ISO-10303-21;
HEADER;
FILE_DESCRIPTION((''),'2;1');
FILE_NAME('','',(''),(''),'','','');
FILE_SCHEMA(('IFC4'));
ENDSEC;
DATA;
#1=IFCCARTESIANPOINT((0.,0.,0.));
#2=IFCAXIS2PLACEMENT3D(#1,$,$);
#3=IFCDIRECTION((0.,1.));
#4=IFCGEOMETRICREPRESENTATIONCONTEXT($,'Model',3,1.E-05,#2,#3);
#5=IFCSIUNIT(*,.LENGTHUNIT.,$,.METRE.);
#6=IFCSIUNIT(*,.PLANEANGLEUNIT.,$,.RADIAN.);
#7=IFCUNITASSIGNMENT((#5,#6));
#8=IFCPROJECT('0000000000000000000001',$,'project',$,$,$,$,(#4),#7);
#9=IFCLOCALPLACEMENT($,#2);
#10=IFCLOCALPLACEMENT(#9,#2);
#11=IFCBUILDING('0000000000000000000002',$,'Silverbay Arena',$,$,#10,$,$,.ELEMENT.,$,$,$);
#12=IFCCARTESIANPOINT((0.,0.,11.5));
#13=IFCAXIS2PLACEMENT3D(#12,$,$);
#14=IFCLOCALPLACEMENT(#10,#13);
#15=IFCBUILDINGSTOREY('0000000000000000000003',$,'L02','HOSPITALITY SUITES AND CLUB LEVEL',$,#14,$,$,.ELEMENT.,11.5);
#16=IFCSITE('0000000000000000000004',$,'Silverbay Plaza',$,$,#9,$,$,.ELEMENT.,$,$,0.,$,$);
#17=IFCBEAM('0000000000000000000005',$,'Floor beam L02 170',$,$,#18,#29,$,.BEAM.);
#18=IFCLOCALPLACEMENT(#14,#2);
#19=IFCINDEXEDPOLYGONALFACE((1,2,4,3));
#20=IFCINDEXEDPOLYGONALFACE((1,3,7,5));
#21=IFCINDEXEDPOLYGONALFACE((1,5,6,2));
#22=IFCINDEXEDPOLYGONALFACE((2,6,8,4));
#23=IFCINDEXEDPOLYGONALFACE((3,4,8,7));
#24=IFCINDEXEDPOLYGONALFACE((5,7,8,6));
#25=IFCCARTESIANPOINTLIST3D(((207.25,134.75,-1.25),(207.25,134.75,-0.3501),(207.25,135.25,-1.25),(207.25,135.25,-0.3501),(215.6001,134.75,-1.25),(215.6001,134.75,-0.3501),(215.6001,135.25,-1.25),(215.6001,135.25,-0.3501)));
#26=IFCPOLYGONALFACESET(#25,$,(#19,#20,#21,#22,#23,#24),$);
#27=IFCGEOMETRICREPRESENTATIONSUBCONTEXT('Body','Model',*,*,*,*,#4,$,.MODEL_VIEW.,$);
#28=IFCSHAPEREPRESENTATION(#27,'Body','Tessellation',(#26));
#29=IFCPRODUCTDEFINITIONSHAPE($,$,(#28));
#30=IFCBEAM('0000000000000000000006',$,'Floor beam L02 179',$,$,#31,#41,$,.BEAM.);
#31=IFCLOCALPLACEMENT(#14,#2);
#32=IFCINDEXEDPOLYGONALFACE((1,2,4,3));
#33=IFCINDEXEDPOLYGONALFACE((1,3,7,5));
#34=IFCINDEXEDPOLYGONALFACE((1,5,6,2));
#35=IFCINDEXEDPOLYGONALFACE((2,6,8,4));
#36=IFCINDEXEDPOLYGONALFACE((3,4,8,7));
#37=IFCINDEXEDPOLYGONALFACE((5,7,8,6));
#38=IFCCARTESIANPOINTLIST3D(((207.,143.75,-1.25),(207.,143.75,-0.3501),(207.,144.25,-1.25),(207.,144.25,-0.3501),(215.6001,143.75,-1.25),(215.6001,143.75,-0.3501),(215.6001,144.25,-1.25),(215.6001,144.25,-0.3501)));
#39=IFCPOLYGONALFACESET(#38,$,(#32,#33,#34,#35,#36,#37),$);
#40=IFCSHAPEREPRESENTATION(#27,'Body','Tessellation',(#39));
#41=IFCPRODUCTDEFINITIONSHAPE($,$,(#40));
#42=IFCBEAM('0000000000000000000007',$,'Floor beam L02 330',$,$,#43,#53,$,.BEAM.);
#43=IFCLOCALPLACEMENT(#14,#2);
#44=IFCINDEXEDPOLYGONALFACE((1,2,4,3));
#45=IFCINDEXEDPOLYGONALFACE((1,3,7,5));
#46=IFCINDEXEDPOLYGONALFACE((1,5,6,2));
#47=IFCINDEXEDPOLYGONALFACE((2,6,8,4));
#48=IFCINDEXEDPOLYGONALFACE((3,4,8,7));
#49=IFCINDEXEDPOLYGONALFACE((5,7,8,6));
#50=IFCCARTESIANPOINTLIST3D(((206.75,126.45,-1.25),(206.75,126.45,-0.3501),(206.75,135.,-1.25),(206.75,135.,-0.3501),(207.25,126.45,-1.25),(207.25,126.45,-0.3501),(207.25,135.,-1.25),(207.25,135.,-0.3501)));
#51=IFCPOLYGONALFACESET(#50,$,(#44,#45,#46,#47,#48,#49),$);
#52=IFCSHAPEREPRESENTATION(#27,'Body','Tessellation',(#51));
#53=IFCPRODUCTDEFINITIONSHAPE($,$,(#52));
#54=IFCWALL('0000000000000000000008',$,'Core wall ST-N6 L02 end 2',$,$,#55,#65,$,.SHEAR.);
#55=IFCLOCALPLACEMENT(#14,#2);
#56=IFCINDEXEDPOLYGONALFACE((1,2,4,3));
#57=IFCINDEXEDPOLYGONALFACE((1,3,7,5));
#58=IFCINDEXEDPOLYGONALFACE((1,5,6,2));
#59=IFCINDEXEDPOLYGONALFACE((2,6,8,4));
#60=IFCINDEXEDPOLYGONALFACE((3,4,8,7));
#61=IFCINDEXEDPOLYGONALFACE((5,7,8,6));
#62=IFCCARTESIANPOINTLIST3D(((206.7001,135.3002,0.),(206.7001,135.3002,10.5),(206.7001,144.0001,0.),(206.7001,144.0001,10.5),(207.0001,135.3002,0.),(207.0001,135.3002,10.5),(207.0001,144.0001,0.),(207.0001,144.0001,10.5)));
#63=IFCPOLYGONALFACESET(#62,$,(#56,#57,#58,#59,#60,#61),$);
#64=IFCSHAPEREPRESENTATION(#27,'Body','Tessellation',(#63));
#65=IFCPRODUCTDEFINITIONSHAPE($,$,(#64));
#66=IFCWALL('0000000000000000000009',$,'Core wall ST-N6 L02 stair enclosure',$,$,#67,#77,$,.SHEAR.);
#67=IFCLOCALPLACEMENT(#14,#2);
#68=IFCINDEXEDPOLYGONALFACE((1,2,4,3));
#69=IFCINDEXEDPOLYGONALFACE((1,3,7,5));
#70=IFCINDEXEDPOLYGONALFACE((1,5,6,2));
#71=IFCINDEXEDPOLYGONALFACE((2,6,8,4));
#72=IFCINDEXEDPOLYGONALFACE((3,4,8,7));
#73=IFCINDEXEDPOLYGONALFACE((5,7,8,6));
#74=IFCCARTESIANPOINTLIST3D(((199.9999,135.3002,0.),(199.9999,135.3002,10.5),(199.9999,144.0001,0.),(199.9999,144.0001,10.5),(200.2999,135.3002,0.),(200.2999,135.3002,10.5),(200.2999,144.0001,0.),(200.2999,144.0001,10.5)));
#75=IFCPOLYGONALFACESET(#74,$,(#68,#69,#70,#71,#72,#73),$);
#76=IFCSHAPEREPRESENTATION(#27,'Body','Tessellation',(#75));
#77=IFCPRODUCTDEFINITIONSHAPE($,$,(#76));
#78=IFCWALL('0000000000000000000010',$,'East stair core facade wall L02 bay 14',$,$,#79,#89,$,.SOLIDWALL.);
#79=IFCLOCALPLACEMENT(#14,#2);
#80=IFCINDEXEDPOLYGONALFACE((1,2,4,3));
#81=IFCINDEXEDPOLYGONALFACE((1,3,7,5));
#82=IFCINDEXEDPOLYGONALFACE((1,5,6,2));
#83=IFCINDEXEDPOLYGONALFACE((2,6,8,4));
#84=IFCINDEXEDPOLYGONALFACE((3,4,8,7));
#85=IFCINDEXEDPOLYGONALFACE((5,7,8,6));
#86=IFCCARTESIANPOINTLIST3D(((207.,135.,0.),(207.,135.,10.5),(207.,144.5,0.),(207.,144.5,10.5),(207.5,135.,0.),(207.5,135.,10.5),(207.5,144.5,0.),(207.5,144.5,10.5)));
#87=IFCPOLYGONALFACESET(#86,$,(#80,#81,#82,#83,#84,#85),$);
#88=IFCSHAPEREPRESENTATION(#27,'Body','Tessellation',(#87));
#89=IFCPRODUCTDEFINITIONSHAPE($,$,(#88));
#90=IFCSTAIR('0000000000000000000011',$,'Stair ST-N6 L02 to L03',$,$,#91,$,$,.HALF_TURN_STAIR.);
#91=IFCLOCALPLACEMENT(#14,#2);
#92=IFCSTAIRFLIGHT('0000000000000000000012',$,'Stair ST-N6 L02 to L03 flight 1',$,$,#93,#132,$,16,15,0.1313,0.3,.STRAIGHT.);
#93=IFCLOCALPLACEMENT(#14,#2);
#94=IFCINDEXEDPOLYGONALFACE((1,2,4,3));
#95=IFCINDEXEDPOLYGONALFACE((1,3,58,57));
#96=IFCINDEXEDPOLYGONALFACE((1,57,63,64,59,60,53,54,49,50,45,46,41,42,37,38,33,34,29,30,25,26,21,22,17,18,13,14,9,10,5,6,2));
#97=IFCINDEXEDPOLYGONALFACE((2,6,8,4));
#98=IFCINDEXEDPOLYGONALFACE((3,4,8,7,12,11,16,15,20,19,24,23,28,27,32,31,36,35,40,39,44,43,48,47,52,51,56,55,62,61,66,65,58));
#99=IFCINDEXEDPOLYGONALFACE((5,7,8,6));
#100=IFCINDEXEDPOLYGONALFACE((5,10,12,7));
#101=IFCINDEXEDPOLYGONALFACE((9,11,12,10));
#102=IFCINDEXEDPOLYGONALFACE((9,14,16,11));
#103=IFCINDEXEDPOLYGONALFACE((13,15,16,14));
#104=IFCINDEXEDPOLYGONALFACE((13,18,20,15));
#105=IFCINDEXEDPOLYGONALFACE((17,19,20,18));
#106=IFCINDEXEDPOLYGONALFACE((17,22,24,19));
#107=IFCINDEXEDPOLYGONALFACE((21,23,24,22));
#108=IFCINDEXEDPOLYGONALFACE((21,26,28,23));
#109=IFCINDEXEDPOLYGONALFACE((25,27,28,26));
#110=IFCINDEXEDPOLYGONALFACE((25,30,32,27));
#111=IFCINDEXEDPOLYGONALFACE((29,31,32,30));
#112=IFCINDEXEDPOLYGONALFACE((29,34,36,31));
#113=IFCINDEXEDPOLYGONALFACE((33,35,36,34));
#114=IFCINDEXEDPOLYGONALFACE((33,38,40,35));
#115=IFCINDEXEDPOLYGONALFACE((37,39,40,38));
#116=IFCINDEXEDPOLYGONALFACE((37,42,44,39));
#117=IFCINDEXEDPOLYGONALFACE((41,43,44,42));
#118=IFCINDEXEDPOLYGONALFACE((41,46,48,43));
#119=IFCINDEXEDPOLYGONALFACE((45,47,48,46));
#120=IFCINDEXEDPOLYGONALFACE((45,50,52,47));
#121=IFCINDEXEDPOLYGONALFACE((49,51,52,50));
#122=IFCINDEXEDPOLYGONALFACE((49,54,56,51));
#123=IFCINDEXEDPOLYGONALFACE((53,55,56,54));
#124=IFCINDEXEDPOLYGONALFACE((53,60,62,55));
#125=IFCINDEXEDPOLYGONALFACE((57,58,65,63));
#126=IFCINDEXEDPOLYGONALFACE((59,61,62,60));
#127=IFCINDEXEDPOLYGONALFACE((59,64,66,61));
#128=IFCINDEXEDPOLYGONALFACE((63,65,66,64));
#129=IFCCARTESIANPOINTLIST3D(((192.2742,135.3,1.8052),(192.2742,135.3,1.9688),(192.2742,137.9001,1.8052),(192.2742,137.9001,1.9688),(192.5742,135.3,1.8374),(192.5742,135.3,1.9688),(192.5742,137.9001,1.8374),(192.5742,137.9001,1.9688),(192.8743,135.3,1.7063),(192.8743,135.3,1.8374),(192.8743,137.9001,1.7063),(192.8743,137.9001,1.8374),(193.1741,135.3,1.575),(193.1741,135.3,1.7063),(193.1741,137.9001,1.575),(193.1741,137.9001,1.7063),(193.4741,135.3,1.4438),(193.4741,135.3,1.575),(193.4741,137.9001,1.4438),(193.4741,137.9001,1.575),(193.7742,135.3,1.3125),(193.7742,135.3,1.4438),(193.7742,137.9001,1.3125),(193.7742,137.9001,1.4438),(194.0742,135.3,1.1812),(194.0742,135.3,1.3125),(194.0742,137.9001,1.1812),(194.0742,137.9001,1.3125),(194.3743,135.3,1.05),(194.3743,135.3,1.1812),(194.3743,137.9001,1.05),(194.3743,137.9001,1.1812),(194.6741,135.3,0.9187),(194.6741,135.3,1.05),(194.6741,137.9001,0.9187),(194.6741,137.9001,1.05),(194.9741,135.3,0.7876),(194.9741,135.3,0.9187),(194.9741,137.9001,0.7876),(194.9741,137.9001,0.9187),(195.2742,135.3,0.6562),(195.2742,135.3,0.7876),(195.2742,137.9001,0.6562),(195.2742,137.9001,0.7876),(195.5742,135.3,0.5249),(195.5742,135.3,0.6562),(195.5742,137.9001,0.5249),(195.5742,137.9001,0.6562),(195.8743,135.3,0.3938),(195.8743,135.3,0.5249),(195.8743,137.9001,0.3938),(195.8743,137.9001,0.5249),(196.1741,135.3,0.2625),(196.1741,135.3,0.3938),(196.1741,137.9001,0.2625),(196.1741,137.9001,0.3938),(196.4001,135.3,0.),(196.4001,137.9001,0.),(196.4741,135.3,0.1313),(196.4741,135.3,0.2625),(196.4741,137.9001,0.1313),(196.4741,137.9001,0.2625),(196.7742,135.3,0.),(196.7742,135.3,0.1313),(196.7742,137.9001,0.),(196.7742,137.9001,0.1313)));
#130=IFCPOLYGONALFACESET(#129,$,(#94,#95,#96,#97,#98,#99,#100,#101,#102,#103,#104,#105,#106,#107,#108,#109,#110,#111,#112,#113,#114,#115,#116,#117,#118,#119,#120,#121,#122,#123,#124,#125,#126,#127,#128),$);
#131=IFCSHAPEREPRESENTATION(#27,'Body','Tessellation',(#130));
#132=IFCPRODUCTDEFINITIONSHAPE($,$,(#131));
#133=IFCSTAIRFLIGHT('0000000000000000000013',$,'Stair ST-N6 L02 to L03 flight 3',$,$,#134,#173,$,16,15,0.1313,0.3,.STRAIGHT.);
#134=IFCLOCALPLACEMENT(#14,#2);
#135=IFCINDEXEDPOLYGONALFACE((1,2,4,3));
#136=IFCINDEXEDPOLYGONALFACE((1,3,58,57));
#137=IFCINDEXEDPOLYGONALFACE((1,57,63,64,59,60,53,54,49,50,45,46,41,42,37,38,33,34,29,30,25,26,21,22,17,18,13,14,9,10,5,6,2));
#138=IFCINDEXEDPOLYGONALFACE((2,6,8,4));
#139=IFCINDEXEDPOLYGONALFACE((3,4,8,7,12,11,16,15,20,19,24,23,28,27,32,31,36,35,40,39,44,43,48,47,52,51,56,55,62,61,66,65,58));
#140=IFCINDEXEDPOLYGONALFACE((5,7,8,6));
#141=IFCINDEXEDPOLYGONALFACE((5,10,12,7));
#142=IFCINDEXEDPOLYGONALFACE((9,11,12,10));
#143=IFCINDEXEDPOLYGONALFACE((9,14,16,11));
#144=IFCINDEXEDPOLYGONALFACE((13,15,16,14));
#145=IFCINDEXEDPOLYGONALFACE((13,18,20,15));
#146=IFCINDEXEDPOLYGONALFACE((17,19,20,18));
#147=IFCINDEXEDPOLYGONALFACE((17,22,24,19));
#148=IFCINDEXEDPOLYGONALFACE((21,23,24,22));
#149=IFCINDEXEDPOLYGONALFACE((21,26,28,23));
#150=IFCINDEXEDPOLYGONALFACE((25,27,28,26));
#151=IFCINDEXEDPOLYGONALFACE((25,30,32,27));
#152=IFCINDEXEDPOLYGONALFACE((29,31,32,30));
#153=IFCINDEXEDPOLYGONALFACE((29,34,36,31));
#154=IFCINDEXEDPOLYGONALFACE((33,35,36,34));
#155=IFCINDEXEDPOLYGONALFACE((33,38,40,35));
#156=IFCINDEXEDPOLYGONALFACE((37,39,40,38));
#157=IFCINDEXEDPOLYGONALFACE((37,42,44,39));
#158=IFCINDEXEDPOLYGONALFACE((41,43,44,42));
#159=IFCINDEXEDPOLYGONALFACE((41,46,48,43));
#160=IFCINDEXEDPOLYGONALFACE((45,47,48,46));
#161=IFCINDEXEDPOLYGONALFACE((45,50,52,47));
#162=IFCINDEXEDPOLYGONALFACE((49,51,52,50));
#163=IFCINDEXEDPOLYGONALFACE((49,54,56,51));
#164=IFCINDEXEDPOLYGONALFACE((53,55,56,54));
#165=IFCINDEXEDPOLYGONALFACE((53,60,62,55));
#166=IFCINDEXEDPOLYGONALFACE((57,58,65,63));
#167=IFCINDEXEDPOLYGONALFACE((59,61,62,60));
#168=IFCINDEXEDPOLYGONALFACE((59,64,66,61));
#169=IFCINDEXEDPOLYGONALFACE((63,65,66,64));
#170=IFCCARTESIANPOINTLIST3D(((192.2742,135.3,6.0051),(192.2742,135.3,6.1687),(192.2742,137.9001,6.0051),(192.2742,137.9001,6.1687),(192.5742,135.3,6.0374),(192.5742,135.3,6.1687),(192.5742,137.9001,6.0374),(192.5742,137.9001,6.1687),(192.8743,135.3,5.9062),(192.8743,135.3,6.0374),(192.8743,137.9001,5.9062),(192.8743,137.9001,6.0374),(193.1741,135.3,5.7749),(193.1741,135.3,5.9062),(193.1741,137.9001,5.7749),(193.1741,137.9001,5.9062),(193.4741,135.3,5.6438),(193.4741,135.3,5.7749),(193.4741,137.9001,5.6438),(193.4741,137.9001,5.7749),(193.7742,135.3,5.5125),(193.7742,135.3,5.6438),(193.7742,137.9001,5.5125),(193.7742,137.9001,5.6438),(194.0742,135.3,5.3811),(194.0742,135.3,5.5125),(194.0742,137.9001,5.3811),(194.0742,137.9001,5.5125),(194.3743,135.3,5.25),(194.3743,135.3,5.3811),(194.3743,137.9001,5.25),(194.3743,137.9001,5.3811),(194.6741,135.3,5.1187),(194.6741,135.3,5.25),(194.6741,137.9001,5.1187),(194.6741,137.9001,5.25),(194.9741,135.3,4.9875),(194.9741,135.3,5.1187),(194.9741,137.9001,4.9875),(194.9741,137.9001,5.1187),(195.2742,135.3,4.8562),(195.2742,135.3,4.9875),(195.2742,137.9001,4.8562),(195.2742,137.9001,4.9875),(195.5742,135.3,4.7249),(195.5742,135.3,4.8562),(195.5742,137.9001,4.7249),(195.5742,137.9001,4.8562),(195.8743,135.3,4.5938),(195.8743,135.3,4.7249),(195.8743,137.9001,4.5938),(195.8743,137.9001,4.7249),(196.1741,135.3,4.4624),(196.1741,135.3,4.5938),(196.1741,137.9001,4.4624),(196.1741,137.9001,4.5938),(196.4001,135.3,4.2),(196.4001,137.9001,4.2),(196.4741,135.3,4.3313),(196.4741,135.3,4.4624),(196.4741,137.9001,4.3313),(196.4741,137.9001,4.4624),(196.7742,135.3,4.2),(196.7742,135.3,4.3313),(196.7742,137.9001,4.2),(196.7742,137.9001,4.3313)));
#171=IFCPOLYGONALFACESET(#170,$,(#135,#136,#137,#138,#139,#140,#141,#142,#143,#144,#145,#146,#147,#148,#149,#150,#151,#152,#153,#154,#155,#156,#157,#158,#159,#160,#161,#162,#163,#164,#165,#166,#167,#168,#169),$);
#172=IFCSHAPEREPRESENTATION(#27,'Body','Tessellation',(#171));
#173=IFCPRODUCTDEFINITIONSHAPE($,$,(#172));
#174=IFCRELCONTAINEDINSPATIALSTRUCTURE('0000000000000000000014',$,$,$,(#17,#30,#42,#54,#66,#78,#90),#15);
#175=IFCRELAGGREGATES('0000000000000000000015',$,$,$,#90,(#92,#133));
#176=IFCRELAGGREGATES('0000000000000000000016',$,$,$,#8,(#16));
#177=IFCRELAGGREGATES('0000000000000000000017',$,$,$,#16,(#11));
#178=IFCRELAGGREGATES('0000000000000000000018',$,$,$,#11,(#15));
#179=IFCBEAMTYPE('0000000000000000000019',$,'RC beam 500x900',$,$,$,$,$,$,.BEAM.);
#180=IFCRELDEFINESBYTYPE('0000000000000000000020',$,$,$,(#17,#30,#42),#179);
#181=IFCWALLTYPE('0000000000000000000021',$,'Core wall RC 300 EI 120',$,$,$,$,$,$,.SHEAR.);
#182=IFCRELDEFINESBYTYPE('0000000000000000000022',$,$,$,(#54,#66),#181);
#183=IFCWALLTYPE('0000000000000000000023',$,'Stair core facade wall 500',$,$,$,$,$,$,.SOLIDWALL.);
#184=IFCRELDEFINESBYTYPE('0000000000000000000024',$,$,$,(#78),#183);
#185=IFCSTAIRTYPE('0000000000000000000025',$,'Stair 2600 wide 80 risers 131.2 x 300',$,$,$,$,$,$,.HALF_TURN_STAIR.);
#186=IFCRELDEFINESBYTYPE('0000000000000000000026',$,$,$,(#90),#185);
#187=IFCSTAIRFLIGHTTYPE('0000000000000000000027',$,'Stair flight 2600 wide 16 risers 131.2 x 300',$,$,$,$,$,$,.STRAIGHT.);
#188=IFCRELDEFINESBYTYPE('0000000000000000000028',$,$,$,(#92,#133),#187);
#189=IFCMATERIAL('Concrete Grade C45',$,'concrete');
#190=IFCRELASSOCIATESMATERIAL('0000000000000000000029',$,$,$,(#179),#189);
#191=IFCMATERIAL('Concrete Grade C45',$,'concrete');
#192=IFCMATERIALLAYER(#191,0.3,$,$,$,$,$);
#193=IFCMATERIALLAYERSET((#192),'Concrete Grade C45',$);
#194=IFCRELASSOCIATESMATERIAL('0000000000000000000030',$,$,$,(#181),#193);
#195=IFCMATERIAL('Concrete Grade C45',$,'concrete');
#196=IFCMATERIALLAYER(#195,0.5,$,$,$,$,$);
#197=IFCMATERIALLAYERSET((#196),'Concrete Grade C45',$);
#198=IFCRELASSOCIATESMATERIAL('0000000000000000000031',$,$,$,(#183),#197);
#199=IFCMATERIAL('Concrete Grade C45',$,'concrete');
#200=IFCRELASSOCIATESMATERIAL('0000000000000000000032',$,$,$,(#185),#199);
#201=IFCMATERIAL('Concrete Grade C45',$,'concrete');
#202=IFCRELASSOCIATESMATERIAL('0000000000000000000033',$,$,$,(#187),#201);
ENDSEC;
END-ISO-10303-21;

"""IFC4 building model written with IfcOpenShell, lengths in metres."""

from ifc_helpers import new_model, si_unit, direction, frame, frame_2d, origin, origin_2d, place, context, subcontext, project, spatial, polyline, rectangle, outline, extrude, material, layer, layer_set, material_profile, profile_set, type_object, element, aggregate, save


model = new_model("IFC4")

# Units and contexts
model_context = context("Model", 3, precision=1e-05, world=origin(), true_north=direction((0.0, 1.0)))
body_context = subcontext(model_context, "Body", "Model", "MODEL_VIEW")
ifc_project = project(units=[si_unit("LENGTHUNIT", "METRE"), si_unit("PLANEANGLEUNIT", "RADIAN")], contexts=[model_context])

# Site, building, storey
site_placement = place(None, origin())
site = spatial("IfcSite", under=ifc_project, at=site_placement, Name="Silverbay Plaza", CompositionType="ELEMENT", RefElevation=0.0)
building_placement = place(site_placement, origin())
building = spatial("IfcBuilding", under=site, at=building_placement, Name="Silverbay Arena", CompositionType="ELEMENT")
storey_placement = place(building_placement, frame((0.0, 0.0, 11.5)))
storey = spatial("IfcBuildingStorey", under=building, at=storey_placement, Name="L02", Description="HOSPITALITY SUITES AND CLUB LEVEL", CompositionType="ELEMENT", Elevation=11.5)

# Beams
ifc_material_1 = material(Name="Concrete Grade C45", Category="concrete")
ifc_material_profile_1 = material_profile(ifc_material_1, rectangle(XDim=0.5, YDim=0.8999, at=origin_2d()), Name="RC 500x900")
ifc_profile_set_1 = profile_set([ifc_material_profile_1], Name="Concrete Grade C45")
beam_type = type_object("IfcBeamType", Name="RC beam 500x900", PredefinedType="BEAM", material=ifc_profile_set_1)
beam_1_placement = place(storey_placement, frame((207.25, 135.0, -0.8), z_axis=(1.0, 0.0, 0.0), x_axis=(0.0, 1.0, 0.0)))
element("IfcBeam", 1, at=beam_1_placement, inside=storey, type_object=beam_type, Name="Floor beam L02 170", PredefinedType="BEAM", context=body_context, shape_type="SweptSolid", body=[
    extrude(rectangle(XDim=0.5, YDim=0.8999, at=origin_2d()), origin(), (0.0, 0.0, 1.0), 8.3501),
])
beam_2_placement = place(storey_placement, frame((207.0, 144.0, -0.8), z_axis=(1.0, 0.0, 0.0), x_axis=(0.0, 1.0, 0.0)))
element("IfcBeam", 2, at=beam_2_placement, inside=storey, type_object=beam_type, Name="Floor beam L02 179", PredefinedType="BEAM", context=body_context, shape_type="SweptSolid", body=[
    extrude(rectangle(XDim=0.5, YDim=0.8999, at=origin_2d()), origin(), (0.0, 0.0, 1.0), 8.6001),
])
beam_3_placement = place(storey_placement, frame((207.0, 126.45, -0.8), z_axis=(0.0, 1.0, 0.0), x_axis=(-1.0, 0.0, 0.0)))
element("IfcBeam", 3, at=beam_3_placement, inside=storey, type_object=beam_type, Name="Floor beam L02 330", PredefinedType="BEAM", context=body_context, shape_type="SweptSolid", body=[
    extrude(rectangle(XDim=0.5, YDim=0.8999, at=origin_2d()), origin(), (0.0, 0.0, 1.0), 8.55),
])

# Walls
ifc_material_2 = material(Name="Concrete Grade C45", Category="concrete")
ifc_layer_1 = layer(ifc_material_2, 0.3)
ifc_layer_set_1 = layer_set([ifc_layer_1], Name="Concrete Grade C45")
wall_type_1 = type_object("IfcWallType", Name="Core wall RC 300 EI 120", PredefinedType="SHEAR", material=ifc_layer_set_1)
for number, where, z_axis, x_axis, name in (
    (4, (206.8501, 135.3, 0.0), (0.0, 0.0, 1.0), (0.0, 1.0, 0.0), "Core wall ST-N6 L02 end 2"),
    (5, (200.1499, 135.3, 0.0), (0.0, 0.0, 1.0), (0.0, 1.0, 0.0), "Core wall ST-N6 L02 stair enclosure"),
):
    element("IfcWall", number, at=place(storey_placement, frame(where, z_axis=z_axis, x_axis=x_axis)), inside=storey, type_object=wall_type_1, Name=name, PredefinedType="SHEAR", context=body_context, shape_type="SweptSolid", body=[
        extrude(rectangle(XDim=8.7, YDim=0.3, at=frame_2d((4.3501, 0.0))), origin(), (0.0, 0.0, 1.0), 10.5),
    ])
ifc_material_3 = material(Name="Concrete Grade C45", Category="concrete")
ifc_layer_2 = layer(ifc_material_3, 0.5)
ifc_layer_set_2 = layer_set([ifc_layer_2], Name="Concrete Grade C45")
wall_type_2 = type_object("IfcWallType", Name="Stair core facade wall 500", PredefinedType="SOLIDWALL", material=ifc_layer_set_2)
wall_placement = place(storey_placement, frame((207.25, 135.0, 0.0), z_axis=(0.0, 0.0, 1.0), x_axis=(0.0, 1.0, 0.0)))
element("IfcWall", 6, at=wall_placement, inside=storey, type_object=wall_type_2, Name="East stair core facade wall L02 bay 14", PredefinedType="SOLIDWALL", context=body_context, shape_type="SweptSolid", body=[
    extrude(rectangle(XDim=9.5, YDim=0.5, at=frame_2d((4.75, 0.0))), origin(), (0.0, 0.0, 1.0), 10.5),
])

# Stair, stair flights
ifc_material_4 = material(Name="Concrete Grade C45", Category="concrete")
stair_type = type_object("IfcStairType", Name="Stair 2600 wide 80 risers 131.2 x 300", PredefinedType="HALF_TURN_STAIR", material=ifc_material_4)
stair_placement = place(storey_placement, origin())
stair = element("IfcStair", 7, at=stair_placement, inside=storey, type_object=stair_type, Name="Stair ST-N6 L02 to L03", PredefinedType="HALF_TURN_STAIR")
ifc_material_5 = material(Name="Concrete Grade C45", Category="concrete")
stair_flight_type = type_object("IfcStairFlightType", Name="Stair flight 2600 wide 16 risers 131.2 x 300", PredefinedType="STRAIGHT", material=ifc_material_5)
stair_flight_1_placement = place(storey_placement, frame((196.7742, 136.6001, 0.0), z_axis=(0.0, 0.0, 1.0), x_axis=(-1.0, 0.0, 0.0)))
stair_flight_1 = element("IfcStairFlight", 8, at=stair_flight_1_placement, type_object=stair_flight_type, Name="Stair ST-N6 L02 to L03 flight 1", NumberOfRisers=16, NumberOfTreads=15, PredefinedType="STRAIGHT", RiserHeight=0.1313, TreadLength=0.3, context=body_context, shape_type="SweptSolid", body=[
    extrude(outline(polyline([(0.0, 0.0), (0.0, 0.1313), (0.3, 0.1313), (0.3, 0.2625), (0.6001, 0.2625), (0.6001, 0.3938), (0.8999, 0.3938), (0.8999, 0.5249), (1.2, 0.5249), (1.2, 0.6562), (1.5, 0.6562), (1.5, 0.7876), (1.8, 0.7876), (1.8, 0.9187), (2.1001, 0.9187), (2.1001, 1.05), (2.3999, 1.05), (2.3999, 1.1812), (2.7, 1.1812), (2.7, 1.3125), (3.0, 1.3125), (3.0, 1.4438), (3.3, 1.4438), (3.3, 1.575), (3.6001, 1.575), (3.6001, 1.7063), (3.8999, 1.7063), (3.8999, 1.8374), (4.2, 1.8374), (4.2, 1.9688), (4.5, 1.9688), (4.5, 1.8052), (0.374, 0.0), (0.0, 0.0)])), frame((0.0, 1.3, 0.0), z_axis=(0.0, -1.0, 0.0), x_axis=(1.0, 0.0, 0.0)), (0.0, 0.0, 1.0), 2.6001),
])
stair_flight_2_placement = place(storey_placement, frame((196.7742, 136.6001, 4.2), z_axis=(0.0, 0.0, 1.0), x_axis=(-1.0, 0.0, 0.0)))
stair_flight_2 = element("IfcStairFlight", 9, at=stair_flight_2_placement, type_object=stair_flight_type, Name="Stair ST-N6 L02 to L03 flight 3", NumberOfRisers=16, NumberOfTreads=15, PredefinedType="STRAIGHT", RiserHeight=0.1313, TreadLength=0.3, context=body_context, shape_type="SweptSolid", body=[
    extrude(outline(polyline([(0.0, 0.0), (0.0, 0.1313), (0.3, 0.1313), (0.3, 0.2625), (0.6001, 0.2625), (0.6001, 0.3938), (0.8999, 0.3938), (0.8999, 0.5249), (1.2, 0.5249), (1.2, 0.6562), (1.5, 0.6562), (1.5, 0.7876), (1.8, 0.7876), (1.8, 0.9187), (2.1001, 0.9187), (2.1001, 1.05), (2.3999, 1.05), (2.3999, 1.1812), (2.7, 1.1812), (2.7, 1.3125), (3.0, 1.3125), (3.0, 1.4438), (3.3, 1.4438), (3.3, 1.575), (3.6001, 1.575), (3.6001, 1.7063), (3.8999, 1.7063), (3.8999, 1.8374), (4.2, 1.8374), (4.2, 1.9688), (4.5, 1.9688), (4.5, 1.8052), (0.374, 0.0), (0.0, 0.0)])), frame((0.0, 1.3, 0.0), z_axis=(0.0, -1.0, 0.0), x_axis=(1.0, 0.0, 0.0)), (0.0, 0.0, 1.0), 2.6001),
])
aggregate(stair, [stair_flight_1, stair_flight_2])

save(model, "model.ifc")
